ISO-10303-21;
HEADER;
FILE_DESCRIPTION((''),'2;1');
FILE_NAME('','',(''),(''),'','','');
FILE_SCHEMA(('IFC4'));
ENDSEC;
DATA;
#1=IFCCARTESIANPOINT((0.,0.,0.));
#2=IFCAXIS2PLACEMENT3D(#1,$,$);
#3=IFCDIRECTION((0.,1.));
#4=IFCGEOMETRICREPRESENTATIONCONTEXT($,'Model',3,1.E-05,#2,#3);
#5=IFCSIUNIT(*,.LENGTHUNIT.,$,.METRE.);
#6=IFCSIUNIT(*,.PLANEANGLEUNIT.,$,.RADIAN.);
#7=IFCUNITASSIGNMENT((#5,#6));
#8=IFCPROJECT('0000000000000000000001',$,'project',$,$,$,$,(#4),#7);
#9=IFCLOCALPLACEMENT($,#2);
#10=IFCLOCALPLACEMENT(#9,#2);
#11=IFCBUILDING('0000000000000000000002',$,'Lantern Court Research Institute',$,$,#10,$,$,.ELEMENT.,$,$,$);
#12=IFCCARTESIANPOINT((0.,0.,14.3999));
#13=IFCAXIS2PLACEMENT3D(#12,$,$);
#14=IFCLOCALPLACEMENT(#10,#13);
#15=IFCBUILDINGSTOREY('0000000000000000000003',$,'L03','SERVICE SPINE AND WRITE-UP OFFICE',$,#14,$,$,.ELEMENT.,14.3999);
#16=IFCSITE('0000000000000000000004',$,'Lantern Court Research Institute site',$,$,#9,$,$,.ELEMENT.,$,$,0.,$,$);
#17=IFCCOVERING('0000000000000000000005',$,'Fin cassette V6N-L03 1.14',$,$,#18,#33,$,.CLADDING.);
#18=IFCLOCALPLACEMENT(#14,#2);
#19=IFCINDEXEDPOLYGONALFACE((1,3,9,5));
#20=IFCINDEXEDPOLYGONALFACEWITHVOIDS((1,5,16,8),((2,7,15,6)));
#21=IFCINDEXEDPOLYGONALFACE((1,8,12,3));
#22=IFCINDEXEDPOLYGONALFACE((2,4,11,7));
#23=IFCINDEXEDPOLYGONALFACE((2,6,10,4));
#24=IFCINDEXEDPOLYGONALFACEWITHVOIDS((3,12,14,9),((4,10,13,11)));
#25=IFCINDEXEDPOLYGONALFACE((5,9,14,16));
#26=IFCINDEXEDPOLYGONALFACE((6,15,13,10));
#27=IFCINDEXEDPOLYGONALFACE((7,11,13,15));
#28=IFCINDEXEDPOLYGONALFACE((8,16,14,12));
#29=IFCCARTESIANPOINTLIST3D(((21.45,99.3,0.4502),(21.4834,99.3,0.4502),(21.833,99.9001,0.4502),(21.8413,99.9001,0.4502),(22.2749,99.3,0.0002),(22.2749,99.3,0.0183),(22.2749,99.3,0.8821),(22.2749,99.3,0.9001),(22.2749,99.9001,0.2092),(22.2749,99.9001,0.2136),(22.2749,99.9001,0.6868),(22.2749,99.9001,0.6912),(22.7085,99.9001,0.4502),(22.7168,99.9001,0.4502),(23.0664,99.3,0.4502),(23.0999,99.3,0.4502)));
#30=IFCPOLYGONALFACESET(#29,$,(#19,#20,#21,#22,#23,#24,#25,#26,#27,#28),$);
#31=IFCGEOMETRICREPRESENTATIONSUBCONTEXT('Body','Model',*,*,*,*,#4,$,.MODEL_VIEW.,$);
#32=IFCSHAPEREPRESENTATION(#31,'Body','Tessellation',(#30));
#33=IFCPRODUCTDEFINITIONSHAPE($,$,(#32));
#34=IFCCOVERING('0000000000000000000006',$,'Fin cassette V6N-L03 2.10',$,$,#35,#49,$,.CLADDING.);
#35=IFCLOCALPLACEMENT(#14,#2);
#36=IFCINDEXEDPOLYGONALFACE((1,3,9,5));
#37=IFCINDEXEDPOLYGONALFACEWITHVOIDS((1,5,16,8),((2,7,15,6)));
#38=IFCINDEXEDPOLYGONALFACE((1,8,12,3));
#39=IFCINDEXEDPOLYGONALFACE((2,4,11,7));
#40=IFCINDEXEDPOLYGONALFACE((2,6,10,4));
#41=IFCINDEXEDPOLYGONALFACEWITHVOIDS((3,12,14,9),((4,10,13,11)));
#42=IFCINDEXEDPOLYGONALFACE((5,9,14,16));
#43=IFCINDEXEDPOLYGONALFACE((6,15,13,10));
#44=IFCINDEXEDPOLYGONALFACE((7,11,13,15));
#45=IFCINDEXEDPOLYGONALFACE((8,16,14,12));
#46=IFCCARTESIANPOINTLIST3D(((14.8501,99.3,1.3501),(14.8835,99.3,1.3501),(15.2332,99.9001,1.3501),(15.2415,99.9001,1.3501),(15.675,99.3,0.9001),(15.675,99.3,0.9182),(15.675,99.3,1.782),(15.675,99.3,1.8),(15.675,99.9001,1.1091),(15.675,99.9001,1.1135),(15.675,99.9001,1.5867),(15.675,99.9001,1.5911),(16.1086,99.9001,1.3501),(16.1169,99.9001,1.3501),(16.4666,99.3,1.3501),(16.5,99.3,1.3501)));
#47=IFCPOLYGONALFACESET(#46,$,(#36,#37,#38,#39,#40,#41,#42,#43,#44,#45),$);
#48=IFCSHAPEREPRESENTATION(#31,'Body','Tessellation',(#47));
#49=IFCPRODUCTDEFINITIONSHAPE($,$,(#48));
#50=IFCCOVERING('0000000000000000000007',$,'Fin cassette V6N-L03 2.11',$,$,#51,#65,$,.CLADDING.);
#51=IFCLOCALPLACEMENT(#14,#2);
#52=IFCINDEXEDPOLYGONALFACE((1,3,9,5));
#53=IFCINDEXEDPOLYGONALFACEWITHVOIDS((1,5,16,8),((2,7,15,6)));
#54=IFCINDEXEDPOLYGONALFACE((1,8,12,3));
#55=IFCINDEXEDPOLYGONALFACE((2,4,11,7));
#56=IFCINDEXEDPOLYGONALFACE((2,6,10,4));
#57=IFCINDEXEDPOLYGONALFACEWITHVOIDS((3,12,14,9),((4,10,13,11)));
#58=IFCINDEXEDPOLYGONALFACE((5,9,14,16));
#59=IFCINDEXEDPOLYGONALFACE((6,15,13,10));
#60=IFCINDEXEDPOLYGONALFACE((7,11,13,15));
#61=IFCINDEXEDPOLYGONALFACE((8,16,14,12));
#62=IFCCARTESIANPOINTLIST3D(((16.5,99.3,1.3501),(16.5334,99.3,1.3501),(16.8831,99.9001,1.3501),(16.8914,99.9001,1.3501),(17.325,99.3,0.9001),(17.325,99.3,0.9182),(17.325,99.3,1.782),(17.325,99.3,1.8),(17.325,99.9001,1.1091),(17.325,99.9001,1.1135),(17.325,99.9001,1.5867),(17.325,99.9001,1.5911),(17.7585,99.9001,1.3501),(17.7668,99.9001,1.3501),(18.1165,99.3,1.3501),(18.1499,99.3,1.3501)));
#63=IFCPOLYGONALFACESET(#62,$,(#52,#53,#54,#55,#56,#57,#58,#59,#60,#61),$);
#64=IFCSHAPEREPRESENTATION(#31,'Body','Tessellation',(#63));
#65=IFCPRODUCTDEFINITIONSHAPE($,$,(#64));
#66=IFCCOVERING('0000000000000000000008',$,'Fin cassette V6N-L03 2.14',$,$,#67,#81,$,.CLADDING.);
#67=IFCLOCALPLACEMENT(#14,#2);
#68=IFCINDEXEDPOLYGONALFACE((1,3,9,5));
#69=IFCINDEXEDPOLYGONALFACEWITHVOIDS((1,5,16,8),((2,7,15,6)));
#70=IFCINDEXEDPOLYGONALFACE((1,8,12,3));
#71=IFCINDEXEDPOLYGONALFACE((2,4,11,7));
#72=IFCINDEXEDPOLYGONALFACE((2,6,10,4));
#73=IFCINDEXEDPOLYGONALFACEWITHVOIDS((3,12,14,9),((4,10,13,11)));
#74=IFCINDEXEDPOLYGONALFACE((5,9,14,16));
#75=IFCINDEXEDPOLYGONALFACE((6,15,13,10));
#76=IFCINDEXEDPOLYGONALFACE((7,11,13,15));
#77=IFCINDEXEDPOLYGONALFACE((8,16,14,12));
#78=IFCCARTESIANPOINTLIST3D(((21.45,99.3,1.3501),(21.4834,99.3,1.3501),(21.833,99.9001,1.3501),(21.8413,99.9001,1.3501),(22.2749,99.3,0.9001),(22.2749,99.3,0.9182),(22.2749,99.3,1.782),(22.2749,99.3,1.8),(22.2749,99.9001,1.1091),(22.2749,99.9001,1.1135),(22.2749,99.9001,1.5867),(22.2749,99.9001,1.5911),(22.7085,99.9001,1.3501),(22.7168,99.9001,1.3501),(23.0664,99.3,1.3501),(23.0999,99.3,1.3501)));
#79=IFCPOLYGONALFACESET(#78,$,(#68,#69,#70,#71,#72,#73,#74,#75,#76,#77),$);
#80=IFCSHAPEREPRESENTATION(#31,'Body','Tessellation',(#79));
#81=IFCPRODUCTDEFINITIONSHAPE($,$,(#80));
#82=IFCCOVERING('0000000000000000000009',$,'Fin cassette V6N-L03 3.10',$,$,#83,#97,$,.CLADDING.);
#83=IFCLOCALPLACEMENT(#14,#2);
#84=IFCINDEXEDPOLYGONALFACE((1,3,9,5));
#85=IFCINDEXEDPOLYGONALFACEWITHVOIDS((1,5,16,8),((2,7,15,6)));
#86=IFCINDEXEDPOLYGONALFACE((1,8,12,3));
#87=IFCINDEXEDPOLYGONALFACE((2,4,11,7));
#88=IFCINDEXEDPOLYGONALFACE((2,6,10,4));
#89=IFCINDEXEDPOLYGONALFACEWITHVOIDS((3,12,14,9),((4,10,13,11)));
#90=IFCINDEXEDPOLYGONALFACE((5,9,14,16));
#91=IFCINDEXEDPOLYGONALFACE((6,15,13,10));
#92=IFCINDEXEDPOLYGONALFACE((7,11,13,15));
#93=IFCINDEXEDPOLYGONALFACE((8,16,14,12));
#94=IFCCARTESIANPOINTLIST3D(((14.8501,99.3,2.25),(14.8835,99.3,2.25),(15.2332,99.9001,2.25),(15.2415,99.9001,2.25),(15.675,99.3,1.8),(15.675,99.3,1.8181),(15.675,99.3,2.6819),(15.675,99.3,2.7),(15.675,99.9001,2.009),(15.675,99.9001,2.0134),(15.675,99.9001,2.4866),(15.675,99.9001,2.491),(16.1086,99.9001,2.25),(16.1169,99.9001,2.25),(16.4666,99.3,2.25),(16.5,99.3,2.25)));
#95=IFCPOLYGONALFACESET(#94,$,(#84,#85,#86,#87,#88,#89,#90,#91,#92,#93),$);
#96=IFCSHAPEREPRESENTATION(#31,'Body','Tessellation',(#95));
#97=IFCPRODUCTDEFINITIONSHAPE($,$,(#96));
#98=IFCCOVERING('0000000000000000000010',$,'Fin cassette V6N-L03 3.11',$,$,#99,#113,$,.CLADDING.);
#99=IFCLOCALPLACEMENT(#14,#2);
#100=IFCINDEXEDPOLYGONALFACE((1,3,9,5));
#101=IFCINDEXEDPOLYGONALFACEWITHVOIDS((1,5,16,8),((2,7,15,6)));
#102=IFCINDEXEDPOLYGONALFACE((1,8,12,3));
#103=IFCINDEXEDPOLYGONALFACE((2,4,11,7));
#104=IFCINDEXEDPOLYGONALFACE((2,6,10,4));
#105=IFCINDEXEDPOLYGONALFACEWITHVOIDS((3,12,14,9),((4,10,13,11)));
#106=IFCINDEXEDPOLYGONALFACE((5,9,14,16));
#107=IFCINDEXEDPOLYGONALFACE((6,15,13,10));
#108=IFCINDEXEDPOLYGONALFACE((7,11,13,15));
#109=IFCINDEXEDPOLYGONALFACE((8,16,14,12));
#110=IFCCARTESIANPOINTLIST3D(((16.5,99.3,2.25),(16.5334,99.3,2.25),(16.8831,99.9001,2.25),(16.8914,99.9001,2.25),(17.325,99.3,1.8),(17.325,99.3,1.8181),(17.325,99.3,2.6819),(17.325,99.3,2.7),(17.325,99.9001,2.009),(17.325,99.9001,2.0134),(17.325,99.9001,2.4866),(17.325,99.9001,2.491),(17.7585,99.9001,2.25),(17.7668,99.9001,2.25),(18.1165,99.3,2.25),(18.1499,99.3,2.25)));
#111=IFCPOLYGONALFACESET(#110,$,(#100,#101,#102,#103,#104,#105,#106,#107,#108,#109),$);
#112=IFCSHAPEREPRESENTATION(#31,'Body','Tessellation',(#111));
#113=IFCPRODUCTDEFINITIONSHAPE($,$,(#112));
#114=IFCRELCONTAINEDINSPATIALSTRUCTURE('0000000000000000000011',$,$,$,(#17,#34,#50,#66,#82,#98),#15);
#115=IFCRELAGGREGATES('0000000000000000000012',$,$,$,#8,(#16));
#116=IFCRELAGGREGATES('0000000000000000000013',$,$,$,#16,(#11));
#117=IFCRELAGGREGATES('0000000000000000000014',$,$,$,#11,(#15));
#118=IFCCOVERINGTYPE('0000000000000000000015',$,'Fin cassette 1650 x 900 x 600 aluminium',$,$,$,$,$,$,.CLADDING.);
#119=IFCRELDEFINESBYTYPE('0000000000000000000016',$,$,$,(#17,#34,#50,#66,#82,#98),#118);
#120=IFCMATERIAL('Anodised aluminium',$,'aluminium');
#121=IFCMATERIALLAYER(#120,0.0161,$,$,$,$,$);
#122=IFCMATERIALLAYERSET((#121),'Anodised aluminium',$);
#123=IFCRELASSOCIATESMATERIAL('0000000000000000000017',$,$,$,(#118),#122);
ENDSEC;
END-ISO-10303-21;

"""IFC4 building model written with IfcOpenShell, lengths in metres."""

from ifc_helpers import new_model, entity, si_unit, direction, frame, origin, place, context, subcontext, project, spatial, material, layer, layer_set, type_object, element, save


model = new_model("IFC4")

# Units and contexts
model_context = context("Model", 3, precision=1e-05, world=origin(), true_north=direction((0.0, 1.0)))
body_context = subcontext(model_context, "Body", "Model", "MODEL_VIEW")
ifc_project = project(units=[si_unit("LENGTHUNIT", "METRE"), si_unit("PLANEANGLEUNIT", "RADIAN")], contexts=[model_context])

# Site, building, storey
site_placement = place(None, origin())
site = spatial("IfcSite", under=ifc_project, at=site_placement, Name="Lantern Court Research Institute site", CompositionType="ELEMENT", RefElevation=0.0)
building_placement = place(site_placement, origin())
building = spatial("IfcBuilding", under=site, at=building_placement, Name="Lantern Court Research Institute", CompositionType="ELEMENT")
storey_placement = place(building_placement, frame((0.0, 0.0, 14.3999)))
storey = spatial("IfcBuildingStorey", under=building, at=storey_placement, Name="L03", Description="SERVICE SPINE AND WRITE-UP OFFICE", CompositionType="ELEMENT", Elevation=14.3999)

# Coverings
ifc_material_1 = material(Name="Anodised aluminium", Category="aluminium")
ifc_layer_1 = layer(ifc_material_1, 0.0161)
ifc_layer_set_1 = layer_set([ifc_layer_1], Name="Anodised aluminium")
covering_type_1 = type_object("IfcCoveringType", Name="Fin cassette 1650 x 900 x 600 aluminium", PredefinedType="CLADDING", material=ifc_layer_set_1)
covering_1_placement = place(storey_placement, frame((22.2749, 99.3, 0.4502), z_axis=(0.0, 1.0, 0.0), x_axis=(-1.0, 0.0, 0.0)))
cartesian_point_1 = entity("IfcCartesianPoint", [0.825, 0.0])
cartesian_point_2 = entity("IfcCartesianPoint", [0.7915, 0.0])
cartesian_point_3 = entity("IfcCartesianPoint", [0.4419, 0.0])
cartesian_point_4 = entity("IfcCartesianPoint", [0.4336, 0.0])
element("IfcCovering", 1, at=covering_1_placement, inside=storey, type_object=covering_type_1, Name="Fin cassette V6N-L03 1.14", PredefinedType="CLADDING", context=body_context, shape_type="SweptSolid", body=[
    entity("IfcExtrudedAreaSolidTapered", entity("IfcArbitraryProfileDefWithVoids", "AREA", None, entity("IfcPolyline", [cartesian_point_1, entity("IfcCartesianPoint", [0.0, 0.45]), entity("IfcCartesianPoint", [-0.825, 0.0]), entity("IfcCartesianPoint", [0.0, -0.45]), cartesian_point_1]), [entity("IfcPolyline", [cartesian_point_2, entity("IfcCartesianPoint", [0.0, 0.4319]), entity("IfcCartesianPoint", [-0.7915, 0.0]), entity("IfcCartesianPoint", [0.0, -0.4319]), cartesian_point_2])]), entity("IfcAxis2Placement3D", entity("IfcCartesianPoint", [0.0, 0.0, 0.0])), entity("IfcDirection", [0.0, 0.0, 1.0]), 0.6001, entity("IfcArbitraryProfileDefWithVoids", "AREA", None, entity("IfcPolyline", [cartesian_point_3, entity("IfcCartesianPoint", [0.0, 0.241]), entity("IfcCartesianPoint", [-0.4419, 0.0]), entity("IfcCartesianPoint", [0.0, -0.241]), cartesian_point_3]), [entity("IfcPolyline", [cartesian_point_4, entity("IfcCartesianPoint", [0.0, 0.2366]), entity("IfcCartesianPoint", [-0.4336, 0.0]), entity("IfcCartesianPoint", [0.0, -0.2366]), cartesian_point_4])])),
])
covering_2_placement = place(storey_placement, frame((15.675, 99.3, 1.3501), z_axis=(0.0, 1.0, 0.0), x_axis=(-1.0, 0.0, 0.0)))
cartesian_point_5 = entity("IfcCartesianPoint", [0.825, 0.0])
cartesian_point_6 = entity("IfcCartesianPoint", [0.7915, 0.0])
cartesian_point_7 = entity("IfcCartesianPoint", [0.4419, 0.0])
cartesian_point_8 = entity("IfcCartesianPoint", [0.4336, 0.0])
element("IfcCovering", 2, at=covering_2_placement, inside=storey, type_object=covering_type_1, Name="Fin cassette V6N-L03 2.10", PredefinedType="CLADDING", context=body_context, shape_type="SweptSolid", body=[
    entity("IfcExtrudedAreaSolidTapered", entity("IfcArbitraryProfileDefWithVoids", "AREA", None, entity("IfcPolyline", [cartesian_point_5, entity("IfcCartesianPoint", [0.0, 0.45]), entity("IfcCartesianPoint", [-0.825, 0.0]), entity("IfcCartesianPoint", [0.0, -0.45]), cartesian_point_5]), [entity("IfcPolyline", [cartesian_point_6, entity("IfcCartesianPoint", [0.0, 0.4319]), entity("IfcCartesianPoint", [-0.7915, 0.0]), entity("IfcCartesianPoint", [0.0, -0.4319]), cartesian_point_6])]), entity("IfcAxis2Placement3D", entity("IfcCartesianPoint", [0.0, 0.0, 0.0])), entity("IfcDirection", [0.0, 0.0, 1.0]), 0.6001, entity("IfcArbitraryProfileDefWithVoids", "AREA", None, entity("IfcPolyline", [cartesian_point_7, entity("IfcCartesianPoint", [0.0, 0.241]), entity("IfcCartesianPoint", [-0.4419, 0.0]), entity("IfcCartesianPoint", [0.0, -0.241]), cartesian_point_7]), [entity("IfcPolyline", [cartesian_point_8, entity("IfcCartesianPoint", [0.0, 0.2366]), entity("IfcCartesianPoint", [-0.4336, 0.0]), entity("IfcCartesianPoint", [0.0, -0.2366]), cartesian_point_8])])),
])
covering_3_placement = place(storey_placement, frame((17.325, 99.3, 1.3501), z_axis=(0.0, 1.0, 0.0), x_axis=(-1.0, 0.0, 0.0)))
cartesian_point_9 = entity("IfcCartesianPoint", [0.825, 0.0])
cartesian_point_10 = entity("IfcCartesianPoint", [0.7915, 0.0])
cartesian_point_11 = entity("IfcCartesianPoint", [0.4419, 0.0])
cartesian_point_12 = entity("IfcCartesianPoint", [0.4336, 0.0])
element("IfcCovering", 3, at=covering_3_placement, inside=storey, type_object=covering_type_1, Name="Fin cassette V6N-L03 2.11", PredefinedType="CLADDING", context=body_context, shape_type="SweptSolid", body=[
    entity("IfcExtrudedAreaSolidTapered", entity("IfcArbitraryProfileDefWithVoids", "AREA", None, entity("IfcPolyline", [cartesian_point_9, entity("IfcCartesianPoint", [0.0, 0.45]), entity("IfcCartesianPoint", [-0.825, 0.0]), entity("IfcCartesianPoint", [0.0, -0.45]), cartesian_point_9]), [entity("IfcPolyline", [cartesian_point_10, entity("IfcCartesianPoint", [0.0, 0.4319]), entity("IfcCartesianPoint", [-0.7915, 0.0]), entity("IfcCartesianPoint", [0.0, -0.4319]), cartesian_point_10])]), entity("IfcAxis2Placement3D", entity("IfcCartesianPoint", [0.0, 0.0, 0.0])), entity("IfcDirection", [0.0, 0.0, 1.0]), 0.6001, entity("IfcArbitraryProfileDefWithVoids", "AREA", None, entity("IfcPolyline", [cartesian_point_11, entity("IfcCartesianPoint", [0.0, 0.241]), entity("IfcCartesianPoint", [-0.4419, 0.0]), entity("IfcCartesianPoint", [0.0, -0.241]), cartesian_point_11]), [entity("IfcPolyline", [cartesian_point_12, entity("IfcCartesianPoint", [0.0, 0.2366]), entity("IfcCartesianPoint", [-0.4336, 0.0]), entity("IfcCartesianPoint", [0.0, -0.2366]), cartesian_point_12])])),
])
covering_4_placement = place(storey_placement, frame((22.2749, 99.3, 1.3501), z_axis=(0.0, 1.0, 0.0), x_axis=(-1.0, 0.0, 0.0)))
cartesian_point_13 = entity("IfcCartesianPoint", [0.825, 0.0])
cartesian_point_14 = entity("IfcCartesianPoint", [0.7915, 0.0])
cartesian_point_15 = entity("IfcCartesianPoint", [0.4419, 0.0])
cartesian_point_16 = entity("IfcCartesianPoint", [0.4336, 0.0])
element("IfcCovering", 4, at=covering_4_placement, inside=storey, type_object=covering_type_1, Name="Fin cassette V6N-L03 2.14", PredefinedType="CLADDING", context=body_context, shape_type="SweptSolid", body=[
    entity("IfcExtrudedAreaSolidTapered", entity("IfcArbitraryProfileDefWithVoids", "AREA", None, entity("IfcPolyline", [cartesian_point_13, entity("IfcCartesianPoint", [0.0, 0.45]), entity("IfcCartesianPoint", [-0.825, 0.0]), entity("IfcCartesianPoint", [0.0, -0.45]), cartesian_point_13]), [entity("IfcPolyline", [cartesian_point_14, entity("IfcCartesianPoint", [0.0, 0.4319]), entity("IfcCartesianPoint", [-0.7915, 0.0]), entity("IfcCartesianPoint", [0.0, -0.4319]), cartesian_point_14])]), entity("IfcAxis2Placement3D", entity("IfcCartesianPoint", [0.0, 0.0, 0.0])), entity("IfcDirection", [0.0, 0.0, 1.0]), 0.6001, entity("IfcArbitraryProfileDefWithVoids", "AREA", None, entity("IfcPolyline", [cartesian_point_15, entity("IfcCartesianPoint", [0.0, 0.241]), entity("IfcCartesianPoint", [-0.4419, 0.0]), entity("IfcCartesianPoint", [0.0, -0.241]), cartesian_point_15]), [entity("IfcPolyline", [cartesian_point_16, entity("IfcCartesianPoint", [0.0, 0.2366]), entity("IfcCartesianPoint", [-0.4336, 0.0]), entity("IfcCartesianPoint", [0.0, -0.2366]), cartesian_point_16])])),
])
covering_5_placement = place(storey_placement, frame((15.675, 99.3, 2.25), z_axis=(0.0, 1.0, 0.0), x_axis=(-1.0, 0.0, 0.0)))
cartesian_point_17 = entity("IfcCartesianPoint", [0.825, 0.0])
cartesian_point_18 = entity("IfcCartesianPoint", [0.7915, 0.0])
cartesian_point_19 = entity("IfcCartesianPoint", [0.4419, 0.0])
cartesian_point_20 = entity("IfcCartesianPoint", [0.4336, 0.0])
element("IfcCovering", 5, at=covering_5_placement, inside=storey, type_object=covering_type_1, Name="Fin cassette V6N-L03 3.10", PredefinedType="CLADDING", context=body_context, shape_type="SweptSolid", body=[
    entity("IfcExtrudedAreaSolidTapered", entity("IfcArbitraryProfileDefWithVoids", "AREA", None, entity("IfcPolyline", [cartesian_point_17, entity("IfcCartesianPoint", [0.0, 0.45]), entity("IfcCartesianPoint", [-0.825, 0.0]), entity("IfcCartesianPoint", [0.0, -0.45]), cartesian_point_17]), [entity("IfcPolyline", [cartesian_point_18, entity("IfcCartesianPoint", [0.0, 0.4319]), entity("IfcCartesianPoint", [-0.7915, 0.0]), entity("IfcCartesianPoint", [0.0, -0.4319]), cartesian_point_18])]), entity("IfcAxis2Placement3D", entity("IfcCartesianPoint", [0.0, 0.0, 0.0])), entity("IfcDirection", [0.0, 0.0, 1.0]), 0.6001, entity("IfcArbitraryProfileDefWithVoids", "AREA", None, entity("IfcPolyline", [cartesian_point_19, entity("IfcCartesianPoint", [0.0, 0.241]), entity("IfcCartesianPoint", [-0.4419, 0.0]), entity("IfcCartesianPoint", [0.0, -0.241]), cartesian_point_19]), [entity("IfcPolyline", [cartesian_point_20, entity("IfcCartesianPoint", [0.0, 0.2366]), entity("IfcCartesianPoint", [-0.4336, 0.0]), entity("IfcCartesianPoint", [0.0, -0.2366]), cartesian_point_20])])),
])
covering_6_placement = place(storey_placement, frame((17.325, 99.3, 2.25), z_axis=(0.0, 1.0, 0.0), x_axis=(-1.0, 0.0, 0.0)))
cartesian_point_21 = entity("IfcCartesianPoint", [0.825, 0.0])
cartesian_point_22 = entity("IfcCartesianPoint", [0.7915, 0.0])
cartesian_point_23 = entity("IfcCartesianPoint", [0.4419, 0.0])
cartesian_point_24 = entity("IfcCartesianPoint", [0.4336, 0.0])
element("IfcCovering", 6, at=covering_6_placement, inside=storey, type_object=covering_type_1, Name="Fin cassette V6N-L03 3.11", PredefinedType="CLADDING", context=body_context, shape_type="SweptSolid", body=[
    entity("IfcExtrudedAreaSolidTapered", entity("IfcArbitraryProfileDefWithVoids", "AREA", None, entity("IfcPolyline", [cartesian_point_21, entity("IfcCartesianPoint", [0.0, 0.45]), entity("IfcCartesianPoint", [-0.825, 0.0]), entity("IfcCartesianPoint", [0.0, -0.45]), cartesian_point_21]), [entity("IfcPolyline", [cartesian_point_22, entity("IfcCartesianPoint", [0.0, 0.4319]), entity("IfcCartesianPoint", [-0.7915, 0.0]), entity("IfcCartesianPoint", [0.0, -0.4319]), cartesian_point_22])]), entity("IfcAxis2Placement3D", entity("IfcCartesianPoint", [0.0, 0.0, 0.0])), entity("IfcDirection", [0.0, 0.0, 1.0]), 0.6001, entity("IfcArbitraryProfileDefWithVoids", "AREA", None, entity("IfcPolyline", [cartesian_point_23, entity("IfcCartesianPoint", [0.0, 0.241]), entity("IfcCartesianPoint", [-0.4419, 0.0]), entity("IfcCartesianPoint", [0.0, -0.241]), cartesian_point_23]), [entity("IfcPolyline", [cartesian_point_24, entity("IfcCartesianPoint", [0.0, 0.2366]), entity("IfcCartesianPoint", [-0.4336, 0.0]), entity("IfcCartesianPoint", [0.0, -0.2366]), cartesian_point_24])])),
])

save(model, "model.ifc")
